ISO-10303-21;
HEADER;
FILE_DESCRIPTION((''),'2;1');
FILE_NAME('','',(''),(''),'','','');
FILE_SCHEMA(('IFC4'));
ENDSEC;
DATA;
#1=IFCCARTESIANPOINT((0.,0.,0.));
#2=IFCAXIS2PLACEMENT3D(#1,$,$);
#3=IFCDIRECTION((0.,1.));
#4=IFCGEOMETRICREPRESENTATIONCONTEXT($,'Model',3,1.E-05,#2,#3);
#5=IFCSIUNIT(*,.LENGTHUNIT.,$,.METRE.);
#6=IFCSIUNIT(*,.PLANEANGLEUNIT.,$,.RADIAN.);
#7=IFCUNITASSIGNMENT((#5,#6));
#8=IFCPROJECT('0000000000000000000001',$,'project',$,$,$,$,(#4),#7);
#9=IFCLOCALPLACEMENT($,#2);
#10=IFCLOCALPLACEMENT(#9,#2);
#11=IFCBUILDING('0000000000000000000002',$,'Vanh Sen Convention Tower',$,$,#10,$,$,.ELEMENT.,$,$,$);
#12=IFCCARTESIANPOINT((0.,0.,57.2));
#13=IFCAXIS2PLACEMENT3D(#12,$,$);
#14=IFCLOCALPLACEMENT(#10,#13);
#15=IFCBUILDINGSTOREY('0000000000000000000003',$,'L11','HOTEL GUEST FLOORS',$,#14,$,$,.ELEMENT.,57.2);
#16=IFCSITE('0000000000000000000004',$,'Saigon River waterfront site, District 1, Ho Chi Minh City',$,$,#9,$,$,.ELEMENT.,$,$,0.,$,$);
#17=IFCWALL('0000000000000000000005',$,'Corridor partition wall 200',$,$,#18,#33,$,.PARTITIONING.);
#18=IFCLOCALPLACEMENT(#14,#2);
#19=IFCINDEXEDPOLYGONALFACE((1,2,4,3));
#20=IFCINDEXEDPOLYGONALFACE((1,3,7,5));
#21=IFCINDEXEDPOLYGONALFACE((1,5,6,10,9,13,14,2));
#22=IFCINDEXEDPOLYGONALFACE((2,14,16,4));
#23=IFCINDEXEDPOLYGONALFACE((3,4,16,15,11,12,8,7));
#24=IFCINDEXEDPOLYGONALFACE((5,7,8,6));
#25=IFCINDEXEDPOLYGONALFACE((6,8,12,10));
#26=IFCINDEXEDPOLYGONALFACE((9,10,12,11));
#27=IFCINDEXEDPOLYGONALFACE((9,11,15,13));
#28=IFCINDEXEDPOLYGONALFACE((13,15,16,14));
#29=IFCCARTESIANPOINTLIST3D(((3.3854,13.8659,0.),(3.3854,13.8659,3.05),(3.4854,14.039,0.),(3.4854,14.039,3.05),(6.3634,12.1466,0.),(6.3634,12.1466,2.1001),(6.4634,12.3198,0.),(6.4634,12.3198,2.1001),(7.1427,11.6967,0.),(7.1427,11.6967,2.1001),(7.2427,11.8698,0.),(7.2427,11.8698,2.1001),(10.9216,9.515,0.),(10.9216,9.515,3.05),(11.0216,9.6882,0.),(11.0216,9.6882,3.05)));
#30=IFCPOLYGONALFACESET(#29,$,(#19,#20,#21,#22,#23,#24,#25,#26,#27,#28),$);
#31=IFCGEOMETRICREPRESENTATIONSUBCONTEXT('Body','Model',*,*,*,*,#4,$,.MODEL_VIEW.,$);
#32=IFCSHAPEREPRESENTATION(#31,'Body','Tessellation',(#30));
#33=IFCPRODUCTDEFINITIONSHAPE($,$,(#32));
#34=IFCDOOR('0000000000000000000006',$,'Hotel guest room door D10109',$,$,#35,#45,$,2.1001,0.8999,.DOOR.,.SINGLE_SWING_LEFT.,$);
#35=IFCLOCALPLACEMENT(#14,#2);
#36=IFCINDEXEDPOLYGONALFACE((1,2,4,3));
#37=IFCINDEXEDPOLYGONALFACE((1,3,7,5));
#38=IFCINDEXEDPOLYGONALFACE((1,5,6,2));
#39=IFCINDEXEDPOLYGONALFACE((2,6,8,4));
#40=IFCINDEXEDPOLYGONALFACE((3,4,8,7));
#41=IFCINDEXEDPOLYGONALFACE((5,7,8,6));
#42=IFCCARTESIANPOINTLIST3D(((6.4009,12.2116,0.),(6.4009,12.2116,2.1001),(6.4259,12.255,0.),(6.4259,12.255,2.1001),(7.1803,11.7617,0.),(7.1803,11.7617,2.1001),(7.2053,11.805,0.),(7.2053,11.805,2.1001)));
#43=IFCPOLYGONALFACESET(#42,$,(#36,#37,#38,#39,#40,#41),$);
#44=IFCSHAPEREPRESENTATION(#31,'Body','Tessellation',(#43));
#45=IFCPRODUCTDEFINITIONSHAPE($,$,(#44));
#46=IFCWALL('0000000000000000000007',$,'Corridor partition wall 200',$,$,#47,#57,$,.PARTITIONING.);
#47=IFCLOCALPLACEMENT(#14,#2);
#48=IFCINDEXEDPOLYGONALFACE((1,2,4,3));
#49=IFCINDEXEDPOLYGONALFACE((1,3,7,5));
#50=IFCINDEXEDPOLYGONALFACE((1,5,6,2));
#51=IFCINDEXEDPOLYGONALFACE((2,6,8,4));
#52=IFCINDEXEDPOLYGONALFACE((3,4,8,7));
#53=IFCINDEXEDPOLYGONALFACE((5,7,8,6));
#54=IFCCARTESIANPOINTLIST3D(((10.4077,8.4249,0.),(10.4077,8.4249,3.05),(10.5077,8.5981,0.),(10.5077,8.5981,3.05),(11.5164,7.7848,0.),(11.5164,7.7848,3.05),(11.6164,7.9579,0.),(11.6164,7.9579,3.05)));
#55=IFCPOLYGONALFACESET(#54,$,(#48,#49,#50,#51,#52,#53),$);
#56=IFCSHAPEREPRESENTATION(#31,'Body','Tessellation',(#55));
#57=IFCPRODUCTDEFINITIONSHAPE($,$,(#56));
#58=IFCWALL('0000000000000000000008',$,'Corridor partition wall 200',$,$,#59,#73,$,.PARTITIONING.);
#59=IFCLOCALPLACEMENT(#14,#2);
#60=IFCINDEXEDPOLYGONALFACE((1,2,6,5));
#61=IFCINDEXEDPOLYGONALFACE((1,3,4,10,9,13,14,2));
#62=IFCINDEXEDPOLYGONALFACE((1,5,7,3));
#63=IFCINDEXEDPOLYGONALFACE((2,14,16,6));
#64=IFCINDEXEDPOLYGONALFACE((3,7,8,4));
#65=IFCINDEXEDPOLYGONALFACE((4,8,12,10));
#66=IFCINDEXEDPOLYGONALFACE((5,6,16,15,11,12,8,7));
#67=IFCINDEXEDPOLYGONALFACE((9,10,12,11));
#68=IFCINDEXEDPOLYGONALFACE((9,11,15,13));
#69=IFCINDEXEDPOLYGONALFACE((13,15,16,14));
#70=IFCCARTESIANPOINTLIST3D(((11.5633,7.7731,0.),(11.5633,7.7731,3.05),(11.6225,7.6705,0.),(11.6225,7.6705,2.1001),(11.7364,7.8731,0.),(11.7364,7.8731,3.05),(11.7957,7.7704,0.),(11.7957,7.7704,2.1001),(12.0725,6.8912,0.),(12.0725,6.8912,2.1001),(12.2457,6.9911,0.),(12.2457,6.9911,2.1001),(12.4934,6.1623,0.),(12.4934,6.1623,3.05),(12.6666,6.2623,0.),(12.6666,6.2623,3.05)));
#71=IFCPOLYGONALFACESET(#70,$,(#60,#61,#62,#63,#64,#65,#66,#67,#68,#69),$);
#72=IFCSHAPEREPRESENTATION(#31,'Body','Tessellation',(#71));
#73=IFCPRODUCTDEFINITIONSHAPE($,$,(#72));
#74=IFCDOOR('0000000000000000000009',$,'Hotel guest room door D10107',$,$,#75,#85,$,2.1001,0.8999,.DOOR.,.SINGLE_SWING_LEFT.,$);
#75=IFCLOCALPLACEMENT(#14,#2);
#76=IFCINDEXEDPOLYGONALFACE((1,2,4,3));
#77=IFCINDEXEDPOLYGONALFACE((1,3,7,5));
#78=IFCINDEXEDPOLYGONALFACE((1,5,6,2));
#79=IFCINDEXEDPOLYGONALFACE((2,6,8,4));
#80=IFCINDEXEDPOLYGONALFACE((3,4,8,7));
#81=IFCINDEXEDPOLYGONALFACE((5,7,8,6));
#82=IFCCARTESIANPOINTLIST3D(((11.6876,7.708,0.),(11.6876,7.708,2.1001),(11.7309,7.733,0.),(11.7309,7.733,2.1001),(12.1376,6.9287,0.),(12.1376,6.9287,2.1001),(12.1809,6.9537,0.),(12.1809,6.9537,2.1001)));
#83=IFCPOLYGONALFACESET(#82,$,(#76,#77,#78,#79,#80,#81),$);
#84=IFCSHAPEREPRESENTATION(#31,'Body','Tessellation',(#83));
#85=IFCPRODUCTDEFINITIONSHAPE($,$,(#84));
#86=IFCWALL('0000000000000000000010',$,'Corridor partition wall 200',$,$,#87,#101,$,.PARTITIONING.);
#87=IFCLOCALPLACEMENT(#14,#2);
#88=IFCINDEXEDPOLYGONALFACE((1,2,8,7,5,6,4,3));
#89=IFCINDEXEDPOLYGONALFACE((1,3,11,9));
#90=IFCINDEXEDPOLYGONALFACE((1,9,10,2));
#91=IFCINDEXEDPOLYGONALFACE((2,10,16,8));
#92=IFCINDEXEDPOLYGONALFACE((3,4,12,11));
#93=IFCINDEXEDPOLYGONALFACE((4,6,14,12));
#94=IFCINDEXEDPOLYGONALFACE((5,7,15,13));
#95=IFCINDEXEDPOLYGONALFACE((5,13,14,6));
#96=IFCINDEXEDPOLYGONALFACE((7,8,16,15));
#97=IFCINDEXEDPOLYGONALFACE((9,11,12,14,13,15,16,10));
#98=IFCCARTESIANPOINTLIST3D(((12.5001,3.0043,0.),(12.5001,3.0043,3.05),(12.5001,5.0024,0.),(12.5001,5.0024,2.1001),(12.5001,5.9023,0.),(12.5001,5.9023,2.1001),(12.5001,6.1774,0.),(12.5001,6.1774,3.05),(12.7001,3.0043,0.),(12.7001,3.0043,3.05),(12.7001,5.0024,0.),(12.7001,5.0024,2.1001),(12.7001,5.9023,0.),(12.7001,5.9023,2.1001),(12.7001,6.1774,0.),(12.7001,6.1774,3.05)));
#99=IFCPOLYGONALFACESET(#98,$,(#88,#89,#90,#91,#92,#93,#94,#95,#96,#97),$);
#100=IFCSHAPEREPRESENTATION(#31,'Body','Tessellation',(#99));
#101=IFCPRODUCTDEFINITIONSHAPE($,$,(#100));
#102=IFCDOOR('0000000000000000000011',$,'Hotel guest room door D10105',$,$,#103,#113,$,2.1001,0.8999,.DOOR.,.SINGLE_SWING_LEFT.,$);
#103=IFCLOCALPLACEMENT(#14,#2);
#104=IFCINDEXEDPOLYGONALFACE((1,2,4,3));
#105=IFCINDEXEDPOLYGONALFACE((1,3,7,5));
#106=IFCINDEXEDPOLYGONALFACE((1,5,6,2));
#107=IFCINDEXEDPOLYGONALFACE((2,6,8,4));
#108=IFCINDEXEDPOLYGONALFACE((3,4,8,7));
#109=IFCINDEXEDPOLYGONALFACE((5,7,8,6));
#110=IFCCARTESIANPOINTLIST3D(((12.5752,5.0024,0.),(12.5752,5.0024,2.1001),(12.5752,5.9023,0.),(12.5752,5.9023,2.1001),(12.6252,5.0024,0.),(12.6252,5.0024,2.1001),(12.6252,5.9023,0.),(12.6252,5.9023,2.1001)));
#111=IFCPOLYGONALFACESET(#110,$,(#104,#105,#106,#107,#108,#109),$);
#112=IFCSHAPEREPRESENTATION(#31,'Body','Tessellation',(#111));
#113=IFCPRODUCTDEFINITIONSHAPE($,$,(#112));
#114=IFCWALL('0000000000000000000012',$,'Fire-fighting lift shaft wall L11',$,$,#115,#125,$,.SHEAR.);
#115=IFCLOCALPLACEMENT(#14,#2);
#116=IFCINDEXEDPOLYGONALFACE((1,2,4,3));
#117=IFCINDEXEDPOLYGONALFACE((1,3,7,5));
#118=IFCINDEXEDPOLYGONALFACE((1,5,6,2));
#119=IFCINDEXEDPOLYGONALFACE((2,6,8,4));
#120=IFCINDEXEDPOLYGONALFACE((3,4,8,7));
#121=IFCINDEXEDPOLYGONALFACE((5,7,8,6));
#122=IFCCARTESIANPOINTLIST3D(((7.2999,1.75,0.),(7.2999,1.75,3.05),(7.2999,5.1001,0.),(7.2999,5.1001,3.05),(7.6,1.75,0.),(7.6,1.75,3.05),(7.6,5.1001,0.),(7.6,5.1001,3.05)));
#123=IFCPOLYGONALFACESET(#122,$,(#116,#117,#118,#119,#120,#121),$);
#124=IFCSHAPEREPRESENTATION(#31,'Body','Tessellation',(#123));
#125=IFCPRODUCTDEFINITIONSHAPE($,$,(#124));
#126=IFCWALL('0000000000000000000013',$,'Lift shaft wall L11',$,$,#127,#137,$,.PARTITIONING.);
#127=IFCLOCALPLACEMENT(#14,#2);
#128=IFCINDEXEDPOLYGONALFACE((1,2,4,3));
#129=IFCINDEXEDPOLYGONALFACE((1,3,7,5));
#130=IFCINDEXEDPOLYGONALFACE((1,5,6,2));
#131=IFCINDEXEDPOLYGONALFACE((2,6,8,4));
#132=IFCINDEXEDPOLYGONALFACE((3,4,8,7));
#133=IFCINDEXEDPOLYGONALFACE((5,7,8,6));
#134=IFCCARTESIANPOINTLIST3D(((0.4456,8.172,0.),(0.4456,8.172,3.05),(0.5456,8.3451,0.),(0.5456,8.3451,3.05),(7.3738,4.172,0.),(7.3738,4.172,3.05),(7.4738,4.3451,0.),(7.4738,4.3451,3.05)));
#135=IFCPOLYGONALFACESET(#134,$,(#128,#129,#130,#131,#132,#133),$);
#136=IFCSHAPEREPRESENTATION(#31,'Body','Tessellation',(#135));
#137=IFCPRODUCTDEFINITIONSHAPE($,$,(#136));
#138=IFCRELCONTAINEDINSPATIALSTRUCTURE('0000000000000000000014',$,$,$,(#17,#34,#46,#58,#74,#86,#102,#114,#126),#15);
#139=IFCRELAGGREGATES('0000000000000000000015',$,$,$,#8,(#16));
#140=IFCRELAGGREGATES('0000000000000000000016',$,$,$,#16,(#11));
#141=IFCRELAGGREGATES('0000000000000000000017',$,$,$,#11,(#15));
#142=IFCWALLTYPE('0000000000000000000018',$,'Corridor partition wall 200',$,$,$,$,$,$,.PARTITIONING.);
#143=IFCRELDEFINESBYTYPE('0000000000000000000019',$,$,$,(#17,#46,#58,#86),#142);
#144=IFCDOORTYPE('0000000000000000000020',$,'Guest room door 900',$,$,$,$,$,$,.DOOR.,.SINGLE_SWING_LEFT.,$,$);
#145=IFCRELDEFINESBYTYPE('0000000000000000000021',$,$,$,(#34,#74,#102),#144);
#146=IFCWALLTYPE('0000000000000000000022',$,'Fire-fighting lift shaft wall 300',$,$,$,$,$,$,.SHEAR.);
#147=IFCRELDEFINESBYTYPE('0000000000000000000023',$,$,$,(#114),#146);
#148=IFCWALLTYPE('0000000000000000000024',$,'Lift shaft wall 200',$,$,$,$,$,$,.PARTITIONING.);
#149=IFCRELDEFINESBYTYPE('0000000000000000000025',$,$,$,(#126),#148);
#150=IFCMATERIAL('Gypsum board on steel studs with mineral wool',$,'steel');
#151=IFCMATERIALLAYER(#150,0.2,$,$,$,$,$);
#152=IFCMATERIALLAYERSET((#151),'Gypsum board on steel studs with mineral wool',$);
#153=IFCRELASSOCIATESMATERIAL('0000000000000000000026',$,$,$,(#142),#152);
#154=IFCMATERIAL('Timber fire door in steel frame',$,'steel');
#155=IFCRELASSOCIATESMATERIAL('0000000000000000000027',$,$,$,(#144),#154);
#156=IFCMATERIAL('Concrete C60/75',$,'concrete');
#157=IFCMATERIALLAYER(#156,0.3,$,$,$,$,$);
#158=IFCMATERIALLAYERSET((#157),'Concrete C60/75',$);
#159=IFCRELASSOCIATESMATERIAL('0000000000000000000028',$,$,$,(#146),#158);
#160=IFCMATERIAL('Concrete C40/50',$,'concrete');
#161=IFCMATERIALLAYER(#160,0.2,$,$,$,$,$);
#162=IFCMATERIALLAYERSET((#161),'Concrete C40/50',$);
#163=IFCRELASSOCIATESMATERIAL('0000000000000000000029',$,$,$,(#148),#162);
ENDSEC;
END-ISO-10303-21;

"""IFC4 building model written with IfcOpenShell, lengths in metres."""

from ifc_helpers import new_model, si_unit, direction, frame, frame_2d, origin, place, context, subcontext, project, spatial, rectangle, extrude, material, layer, layer_set, type_object, element, fill, save


model = new_model("IFC4")

# Units and contexts
model_context = context("Model", 3, precision=1e-05, world=origin(), true_north=direction((0.0, 1.0)))
body_context = subcontext(model_context, "Body", "Model", "MODEL_VIEW")
ifc_project = project(units=[si_unit("LENGTHUNIT", "METRE"), si_unit("PLANEANGLEUNIT", "RADIAN")], contexts=[model_context])

# Site, building, storey
site_placement = place(None, origin())
site = spatial("IfcSite", under=ifc_project, at=site_placement, Name="Saigon River waterfront site, District 1, Ho Chi Minh City", CompositionType="ELEMENT", RefElevation=0.0)
building_placement = place(site_placement, origin())
building = spatial("IfcBuilding", under=site, at=building_placement, Name="Vanh Sen Convention Tower", CompositionType="ELEMENT")
storey_placement = place(building_placement, frame((0.0, 0.0, 57.2)))
storey = spatial("IfcBuildingStorey", under=building, at=storey_placement, Name="L11", Description="HOTEL GUEST FLOORS", CompositionType="ELEMENT", Elevation=57.2)

# Shared definitions
ifc_material_1 = material(Name="Gypsum board on steel studs with mineral wool", Category="steel")
ifc_layer_1 = layer(ifc_material_1, 0.2)
ifc_layer_set_1 = layer_set([ifc_layer_1], Name="Gypsum board on steel studs with mineral wool")
wall_type_1 = type_object("IfcWallType", Name="Corridor partition wall 200", PredefinedType="PARTITIONING", material=ifc_layer_set_1)

# Wall, opening, door
wall_1_placement = place(storey_placement, frame((10.9717, 9.6016, 0.0), z_axis=(0.0, 0.0, 1.0), x_axis=(-0.866033, 0.499986, 0.0)))
wall_1 = element("IfcWall", 1, at=wall_1_placement, inside=storey, type_object=wall_type_1, Name="Corridor partition wall 200", PredefinedType="PARTITIONING", context=body_context, shape_type="SweptSolid", body=[
    extrude(rectangle(XDim=8.7019, YDim=0.2, at=frame_2d((4.3511, 0.0))), origin(), (0.0, 0.0, 1.0), 3.05),
])
opening_1_placement = place(wall_1_placement, frame((4.3635, 0.0, 0.0)))
opening_1 = element("IfcOpeningElement", 2, at=opening_1_placement, cuts=wall_1, PredefinedType="OPENING", context=body_context, shape_type="SweptSolid", body=[
    extrude(rectangle(XDim=0.8999, YDim=2.1001, at=frame_2d((0.45, 1.05))), frame((0.0, 0.1099, 0.0), z_axis=(0.0, -1.0, 0.0), x_axis=(1.0, 0.0, 0.0)), (0.0, 0.0, 1.0), 0.22),
])
ifc_material_2 = material(Name="Timber fire door in steel frame", Category="steel")
door_type_1 = type_object("IfcDoorType", Name="Guest room door 900", OperationType="SINGLE_SWING_LEFT", PredefinedType="DOOR", material=ifc_material_2)
door_1_placement = place(opening_1_placement, origin())
door_1 = element("IfcDoor", 3, at=door_1_placement, inside=storey, type_object=door_type_1, Name="Hotel guest room door D10109", OperationType="SINGLE_SWING_LEFT", OverallHeight=2.1001, OverallWidth=0.8999, PredefinedType="DOOR", context=body_context, shape_type="SweptSolid", body=[
    extrude(rectangle(XDim=0.8999, YDim=2.1001, at=frame_2d((0.45, 1.05))), frame((0.0, 0.0249, 0.0), z_axis=(0.0, -1.0, 0.0), x_axis=(1.0, 0.0, 0.0)), (0.0, 0.0, 1.0), 0.05),
])
fill(opening_1, door_1)

# Wall
wall_2_placement = place(storey_placement, frame((11.5664, 7.8713, 0.0), z_axis=(0.0, 0.0, 1.0), x_axis=(-0.866005, 0.500036, 0.0)))
element("IfcWall", 4, at=wall_2_placement, inside=storey, type_object=wall_type_1, Name="Corridor partition wall 200", PredefinedType="PARTITIONING", context=body_context, shape_type="SweptSolid", body=[
    extrude(rectangle(XDim=1.2803, YDim=0.2, at=frame_2d((0.6401, 0.0))), origin(), (0.0, 0.0, 1.0), 3.05),
])

# Walls, openings, doors
wall_3_placement = place(storey_placement, frame((12.5801, 6.2122, 0.0), z_axis=(0.0, 0.0, 1.0), x_axis=(-0.500063, 0.865989, 0.0)))
wall_3 = element("IfcWall", 5, at=wall_3_placement, inside=storey, type_object=wall_type_1, Name="Corridor partition wall 200", PredefinedType="PARTITIONING", context=body_context, shape_type="SweptSolid", body=[
    extrude(rectangle(XDim=1.8601, YDim=0.2, at=frame_2d((0.9302, 0.0))), origin(), (0.0, 0.0, 1.0), 3.05),
])
opening_2_placement = place(wall_3_placement, frame((0.8418, 0.0, 0.0)))
opening_2 = element("IfcOpeningElement", 6, at=opening_2_placement, cuts=wall_3, PredefinedType="OPENING", context=body_context, shape_type="SweptSolid", body=[
    extrude(rectangle(XDim=0.8999, YDim=2.1001, at=frame_2d((0.45, 1.05))), frame((0.0, 0.1099, 0.0), z_axis=(0.0, -1.0, 0.0), x_axis=(1.0, 0.0, 0.0)), (0.0, 0.0, 1.0), 0.22),
])
door_2_placement = place(opening_2_placement, origin())
door_2 = element("IfcDoor", 7, at=door_2_placement, inside=storey, type_object=door_type_1, Name="Hotel guest room door D10107", OperationType="SINGLE_SWING_LEFT", OverallHeight=2.1001, OverallWidth=0.8999, PredefinedType="DOOR", context=body_context, shape_type="SweptSolid", body=[
    extrude(rectangle(XDim=0.8999, YDim=2.1001, at=frame_2d((0.45, 1.05))), frame((0.0, 0.0249, 0.0), z_axis=(0.0, -1.0, 0.0), x_axis=(1.0, 0.0, 0.0)), (0.0, 0.0, 1.0), 0.05),
])
fill(opening_2, door_2)
wall_4_placement = place(storey_placement, frame((12.6001, 3.0044, 0.0), z_axis=(0.0, 0.0, 1.0), x_axis=(0.0, 1.0, 0.0)))
wall_4 = element("IfcWall", 8, at=wall_4_placement, inside=storey, type_object=wall_type_1, Name="Corridor partition wall 200", PredefinedType="PARTITIONING", context=body_context, shape_type="SweptSolid", body=[
    extrude(rectangle(XDim=3.1731, YDim=0.2, at=frame_2d((1.5864, 0.0))), origin(), (0.0, 0.0, 1.0), 3.05),
])
opening_3_placement = place(wall_4_placement, frame((1.998, 0.0, 0.0)))
opening_3 = element("IfcOpeningElement", 9, at=opening_3_placement, cuts=wall_4, PredefinedType="OPENING", context=body_context, shape_type="SweptSolid", body=[
    extrude(rectangle(XDim=0.8999, YDim=2.1001, at=frame_2d((0.45, 1.05))), frame((0.0, 0.1099, 0.0), z_axis=(0.0, -1.0, 0.0), x_axis=(1.0, 0.0, 0.0)), (0.0, 0.0, 1.0), 0.22),
])
door_3_placement = place(opening_3_placement, origin())
door_3 = element("IfcDoor", 10, at=door_3_placement, inside=storey, type_object=door_type_1, Name="Hotel guest room door D10105", OperationType="SINGLE_SWING_LEFT", OverallHeight=2.1001, OverallWidth=0.8999, PredefinedType="DOOR", context=body_context, shape_type="SweptSolid", body=[
    extrude(rectangle(XDim=0.8999, YDim=2.1001, at=frame_2d((0.45, 1.05))), frame((0.0, 0.0249, 0.0), z_axis=(0.0, -1.0, 0.0), x_axis=(1.0, 0.0, 0.0)), (0.0, 0.0, 1.0), 0.05),
])
fill(opening_3, door_3)

# Walls
ifc_material_3 = material(Name="Concrete C60/75", Category="concrete")
ifc_layer_2 = layer(ifc_material_3, 0.3)
ifc_layer_set_2 = layer_set([ifc_layer_2], Name="Concrete C60/75")
wall_type_2 = type_object("IfcWallType", Name="Fire-fighting lift shaft wall 300", PredefinedType="SHEAR", material=ifc_layer_set_2)
wall_5_placement = place(storey_placement, frame((7.45, 1.75, 0.0), z_axis=(0.0, 0.0, 1.0), x_axis=(0.0, 1.0, 0.0)))
element("IfcWall", 11, at=wall_5_placement, inside=storey, type_object=wall_type_2, Name="Fire-fighting lift shaft wall L11", PredefinedType="SHEAR", context=body_context, shape_type="SweptSolid", body=[
    extrude(rectangle(XDim=3.3501, YDim=0.3, at=frame_2d((1.675, 0.0))), origin(), (0.0, 0.0, 1.0), 3.05),
])
ifc_material_4 = material(Name="Concrete C40/50", Category="concrete")
ifc_layer_3 = layer(ifc_material_4, 0.2)
ifc_layer_set_3 = layer_set([ifc_layer_3], Name="Concrete C40/50")
wall_type_3 = type_object("IfcWallType", Name="Lift shaft wall 200", PredefinedType="PARTITIONING", material=ifc_layer_set_3)
wall_6_placement = place(storey_placement, frame((7.4238, 4.2585, 0.0), z_axis=(0.0, 0.0, 1.0), x_axis=(-0.866026, 0.499999, 0.0)))
element("IfcWall", 12, at=wall_6_placement, inside=storey, type_object=wall_type_3, Name="Lift shaft wall L11", PredefinedType="PARTITIONING", context=body_context, shape_type="SweptSolid", body=[
    extrude(rectangle(XDim=8.0, YDim=0.2, at=frame_2d((4.0, 0.0))), origin(), (0.0, 0.0, 1.0), 3.05),
])

save(model, "model.ifc")
